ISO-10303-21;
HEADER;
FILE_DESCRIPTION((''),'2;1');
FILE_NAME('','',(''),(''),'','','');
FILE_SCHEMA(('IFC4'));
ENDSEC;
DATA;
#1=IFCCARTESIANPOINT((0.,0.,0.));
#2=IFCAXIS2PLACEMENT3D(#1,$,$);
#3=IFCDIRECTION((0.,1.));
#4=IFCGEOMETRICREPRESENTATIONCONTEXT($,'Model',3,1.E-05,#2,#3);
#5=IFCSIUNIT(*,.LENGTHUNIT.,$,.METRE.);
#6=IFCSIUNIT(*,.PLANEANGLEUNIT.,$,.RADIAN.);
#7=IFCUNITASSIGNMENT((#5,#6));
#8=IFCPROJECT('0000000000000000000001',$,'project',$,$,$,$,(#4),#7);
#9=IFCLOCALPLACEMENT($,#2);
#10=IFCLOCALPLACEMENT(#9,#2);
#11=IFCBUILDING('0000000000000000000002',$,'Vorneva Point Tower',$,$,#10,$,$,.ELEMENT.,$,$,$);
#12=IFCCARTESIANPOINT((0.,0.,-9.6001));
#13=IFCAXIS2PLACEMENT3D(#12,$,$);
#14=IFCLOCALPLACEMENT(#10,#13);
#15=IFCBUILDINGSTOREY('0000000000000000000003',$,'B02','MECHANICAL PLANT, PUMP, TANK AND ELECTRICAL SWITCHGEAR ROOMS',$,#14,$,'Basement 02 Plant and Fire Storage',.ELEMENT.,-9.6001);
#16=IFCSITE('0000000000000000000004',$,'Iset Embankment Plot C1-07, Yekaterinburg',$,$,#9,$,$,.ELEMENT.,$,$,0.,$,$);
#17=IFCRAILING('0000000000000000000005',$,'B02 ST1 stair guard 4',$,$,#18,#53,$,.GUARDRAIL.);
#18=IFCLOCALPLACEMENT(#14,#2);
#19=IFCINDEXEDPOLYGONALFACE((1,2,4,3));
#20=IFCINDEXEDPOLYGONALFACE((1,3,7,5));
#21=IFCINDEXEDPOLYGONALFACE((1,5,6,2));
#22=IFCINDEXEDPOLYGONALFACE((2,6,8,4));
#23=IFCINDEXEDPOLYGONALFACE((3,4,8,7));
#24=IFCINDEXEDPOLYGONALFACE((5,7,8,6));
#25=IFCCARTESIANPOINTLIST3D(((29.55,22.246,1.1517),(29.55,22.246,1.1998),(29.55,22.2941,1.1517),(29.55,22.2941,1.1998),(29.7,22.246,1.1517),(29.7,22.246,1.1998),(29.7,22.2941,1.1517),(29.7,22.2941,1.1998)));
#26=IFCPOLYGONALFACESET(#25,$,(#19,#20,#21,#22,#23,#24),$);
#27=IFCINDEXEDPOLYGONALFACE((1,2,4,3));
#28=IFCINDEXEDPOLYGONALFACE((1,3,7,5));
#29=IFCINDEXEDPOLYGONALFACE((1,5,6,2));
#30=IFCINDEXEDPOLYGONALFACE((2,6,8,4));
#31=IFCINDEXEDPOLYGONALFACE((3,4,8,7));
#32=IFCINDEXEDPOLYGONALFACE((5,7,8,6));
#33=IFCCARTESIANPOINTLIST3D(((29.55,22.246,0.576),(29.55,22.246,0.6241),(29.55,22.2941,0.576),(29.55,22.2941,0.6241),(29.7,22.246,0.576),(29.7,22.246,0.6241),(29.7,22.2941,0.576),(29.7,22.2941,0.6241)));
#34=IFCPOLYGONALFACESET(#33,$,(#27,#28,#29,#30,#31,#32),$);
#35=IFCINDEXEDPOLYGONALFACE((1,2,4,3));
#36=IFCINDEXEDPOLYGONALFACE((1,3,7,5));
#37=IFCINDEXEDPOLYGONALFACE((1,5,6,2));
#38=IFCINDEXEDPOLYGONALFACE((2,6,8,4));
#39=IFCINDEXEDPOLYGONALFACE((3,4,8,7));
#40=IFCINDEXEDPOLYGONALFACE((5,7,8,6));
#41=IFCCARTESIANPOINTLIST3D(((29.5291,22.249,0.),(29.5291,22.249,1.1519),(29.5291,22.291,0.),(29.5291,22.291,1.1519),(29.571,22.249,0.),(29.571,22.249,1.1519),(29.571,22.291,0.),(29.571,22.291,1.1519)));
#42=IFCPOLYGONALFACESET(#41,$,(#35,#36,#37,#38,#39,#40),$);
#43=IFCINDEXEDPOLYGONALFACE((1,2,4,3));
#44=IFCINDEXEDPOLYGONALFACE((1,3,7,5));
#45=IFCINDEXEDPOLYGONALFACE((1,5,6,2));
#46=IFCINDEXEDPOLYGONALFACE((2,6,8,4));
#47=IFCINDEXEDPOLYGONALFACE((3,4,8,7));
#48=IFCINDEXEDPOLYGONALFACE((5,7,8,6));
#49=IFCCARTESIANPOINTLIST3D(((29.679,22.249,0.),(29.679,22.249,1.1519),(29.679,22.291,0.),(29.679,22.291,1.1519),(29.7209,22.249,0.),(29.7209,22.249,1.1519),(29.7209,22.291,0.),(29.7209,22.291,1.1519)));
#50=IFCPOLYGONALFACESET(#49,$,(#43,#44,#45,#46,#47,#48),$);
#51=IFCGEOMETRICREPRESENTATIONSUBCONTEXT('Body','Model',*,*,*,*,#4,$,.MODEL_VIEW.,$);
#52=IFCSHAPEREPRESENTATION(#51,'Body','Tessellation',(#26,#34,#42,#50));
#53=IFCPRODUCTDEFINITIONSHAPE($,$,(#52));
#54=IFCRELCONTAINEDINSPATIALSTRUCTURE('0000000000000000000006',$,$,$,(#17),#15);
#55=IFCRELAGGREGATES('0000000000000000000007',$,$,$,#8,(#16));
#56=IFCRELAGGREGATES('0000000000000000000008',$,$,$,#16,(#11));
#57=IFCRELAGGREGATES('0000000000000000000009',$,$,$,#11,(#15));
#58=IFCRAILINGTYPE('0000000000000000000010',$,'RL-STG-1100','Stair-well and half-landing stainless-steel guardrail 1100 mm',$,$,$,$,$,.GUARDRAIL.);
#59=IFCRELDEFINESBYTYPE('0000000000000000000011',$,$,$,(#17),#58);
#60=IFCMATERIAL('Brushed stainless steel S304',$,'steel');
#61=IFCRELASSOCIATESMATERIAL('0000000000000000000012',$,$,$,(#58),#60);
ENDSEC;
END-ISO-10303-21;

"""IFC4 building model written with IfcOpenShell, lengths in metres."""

from ifc_helpers import new_model, si_unit, direction, frame, origin, origin_2d, place, context, subcontext, project, spatial, rectangle, extrude, material, type_object, element, save


model = new_model("IFC4")

# Units and contexts
model_context = context("Model", 3, precision=1e-05, world=origin(), true_north=direction((0.0, 1.0)))
body_context = subcontext(model_context, "Body", "Model", "MODEL_VIEW")
ifc_project = project(units=[si_unit("LENGTHUNIT", "METRE"), si_unit("PLANEANGLEUNIT", "RADIAN")], contexts=[model_context])

# Site, building, storey
site_placement = place(None, origin())
site = spatial("IfcSite", under=ifc_project, at=site_placement, Name="Iset Embankment Plot C1-07, Yekaterinburg", CompositionType="ELEMENT", RefElevation=0.0)
building_placement = place(site_placement, origin())
building = spatial("IfcBuilding", under=site, at=building_placement, Name="Vorneva Point Tower", CompositionType="ELEMENT")
storey_placement = place(building_placement, frame((0.0, 0.0, -9.6001)))
storey = spatial("IfcBuildingStorey", under=building, at=storey_placement, Name="B02", Description="MECHANICAL PLANT, PUMP, TANK AND ELECTRICAL SWITCHGEAR ROOMS", LongName="Basement 02 Plant and Fire Storage", CompositionType="ELEMENT", Elevation=-9.6001)

# Railing
ifc_material_1 = material(Name="Brushed stainless steel S304", Category="steel")
railing_type_1 = type_object("IfcRailingType", Name="RL-STG-1100", Description="Stair-well and half-landing stainless-steel guardrail 1100 mm", PredefinedType="GUARDRAIL", material=ifc_material_1)
railing_1_placement = place(storey_placement, frame((29.55, 22.27, 0.0)))
element("IfcRailing", 1, at=railing_1_placement, inside=storey, type_object=railing_type_1, Name="B02 ST1 stair guard 4", PredefinedType="GUARDRAIL", context=body_context, shape_type="SweptSolid", body=[
    extrude(rectangle(XDim=0.0481, YDim=0.0481, at=origin_2d()), frame((0.0, 0.0, 1.1758), z_axis=(1.0, 0.0, 0.0), x_axis=(0.0, 1.0, 0.0)), (0.0, 0.0, 1.0), 0.1499),
    extrude(rectangle(XDim=0.0481, YDim=0.0481, at=origin_2d()), frame((0.0, 0.0, 0.6001), z_axis=(1.0, 0.0, 0.0), x_axis=(0.0, 1.0, 0.0)), (0.0, 0.0, 1.0), 0.1499),
    extrude(rectangle(XDim=0.042, YDim=0.042, at=origin_2d()), origin(), (0.0, 0.0, 1.0), 1.1519),
    extrude(rectangle(XDim=0.042, YDim=0.042, at=origin_2d()), frame((0.1499, 0.0, 0.0)), (0.0, 0.0, 1.0), 1.1519),
])

save(model, "model.ifc")
